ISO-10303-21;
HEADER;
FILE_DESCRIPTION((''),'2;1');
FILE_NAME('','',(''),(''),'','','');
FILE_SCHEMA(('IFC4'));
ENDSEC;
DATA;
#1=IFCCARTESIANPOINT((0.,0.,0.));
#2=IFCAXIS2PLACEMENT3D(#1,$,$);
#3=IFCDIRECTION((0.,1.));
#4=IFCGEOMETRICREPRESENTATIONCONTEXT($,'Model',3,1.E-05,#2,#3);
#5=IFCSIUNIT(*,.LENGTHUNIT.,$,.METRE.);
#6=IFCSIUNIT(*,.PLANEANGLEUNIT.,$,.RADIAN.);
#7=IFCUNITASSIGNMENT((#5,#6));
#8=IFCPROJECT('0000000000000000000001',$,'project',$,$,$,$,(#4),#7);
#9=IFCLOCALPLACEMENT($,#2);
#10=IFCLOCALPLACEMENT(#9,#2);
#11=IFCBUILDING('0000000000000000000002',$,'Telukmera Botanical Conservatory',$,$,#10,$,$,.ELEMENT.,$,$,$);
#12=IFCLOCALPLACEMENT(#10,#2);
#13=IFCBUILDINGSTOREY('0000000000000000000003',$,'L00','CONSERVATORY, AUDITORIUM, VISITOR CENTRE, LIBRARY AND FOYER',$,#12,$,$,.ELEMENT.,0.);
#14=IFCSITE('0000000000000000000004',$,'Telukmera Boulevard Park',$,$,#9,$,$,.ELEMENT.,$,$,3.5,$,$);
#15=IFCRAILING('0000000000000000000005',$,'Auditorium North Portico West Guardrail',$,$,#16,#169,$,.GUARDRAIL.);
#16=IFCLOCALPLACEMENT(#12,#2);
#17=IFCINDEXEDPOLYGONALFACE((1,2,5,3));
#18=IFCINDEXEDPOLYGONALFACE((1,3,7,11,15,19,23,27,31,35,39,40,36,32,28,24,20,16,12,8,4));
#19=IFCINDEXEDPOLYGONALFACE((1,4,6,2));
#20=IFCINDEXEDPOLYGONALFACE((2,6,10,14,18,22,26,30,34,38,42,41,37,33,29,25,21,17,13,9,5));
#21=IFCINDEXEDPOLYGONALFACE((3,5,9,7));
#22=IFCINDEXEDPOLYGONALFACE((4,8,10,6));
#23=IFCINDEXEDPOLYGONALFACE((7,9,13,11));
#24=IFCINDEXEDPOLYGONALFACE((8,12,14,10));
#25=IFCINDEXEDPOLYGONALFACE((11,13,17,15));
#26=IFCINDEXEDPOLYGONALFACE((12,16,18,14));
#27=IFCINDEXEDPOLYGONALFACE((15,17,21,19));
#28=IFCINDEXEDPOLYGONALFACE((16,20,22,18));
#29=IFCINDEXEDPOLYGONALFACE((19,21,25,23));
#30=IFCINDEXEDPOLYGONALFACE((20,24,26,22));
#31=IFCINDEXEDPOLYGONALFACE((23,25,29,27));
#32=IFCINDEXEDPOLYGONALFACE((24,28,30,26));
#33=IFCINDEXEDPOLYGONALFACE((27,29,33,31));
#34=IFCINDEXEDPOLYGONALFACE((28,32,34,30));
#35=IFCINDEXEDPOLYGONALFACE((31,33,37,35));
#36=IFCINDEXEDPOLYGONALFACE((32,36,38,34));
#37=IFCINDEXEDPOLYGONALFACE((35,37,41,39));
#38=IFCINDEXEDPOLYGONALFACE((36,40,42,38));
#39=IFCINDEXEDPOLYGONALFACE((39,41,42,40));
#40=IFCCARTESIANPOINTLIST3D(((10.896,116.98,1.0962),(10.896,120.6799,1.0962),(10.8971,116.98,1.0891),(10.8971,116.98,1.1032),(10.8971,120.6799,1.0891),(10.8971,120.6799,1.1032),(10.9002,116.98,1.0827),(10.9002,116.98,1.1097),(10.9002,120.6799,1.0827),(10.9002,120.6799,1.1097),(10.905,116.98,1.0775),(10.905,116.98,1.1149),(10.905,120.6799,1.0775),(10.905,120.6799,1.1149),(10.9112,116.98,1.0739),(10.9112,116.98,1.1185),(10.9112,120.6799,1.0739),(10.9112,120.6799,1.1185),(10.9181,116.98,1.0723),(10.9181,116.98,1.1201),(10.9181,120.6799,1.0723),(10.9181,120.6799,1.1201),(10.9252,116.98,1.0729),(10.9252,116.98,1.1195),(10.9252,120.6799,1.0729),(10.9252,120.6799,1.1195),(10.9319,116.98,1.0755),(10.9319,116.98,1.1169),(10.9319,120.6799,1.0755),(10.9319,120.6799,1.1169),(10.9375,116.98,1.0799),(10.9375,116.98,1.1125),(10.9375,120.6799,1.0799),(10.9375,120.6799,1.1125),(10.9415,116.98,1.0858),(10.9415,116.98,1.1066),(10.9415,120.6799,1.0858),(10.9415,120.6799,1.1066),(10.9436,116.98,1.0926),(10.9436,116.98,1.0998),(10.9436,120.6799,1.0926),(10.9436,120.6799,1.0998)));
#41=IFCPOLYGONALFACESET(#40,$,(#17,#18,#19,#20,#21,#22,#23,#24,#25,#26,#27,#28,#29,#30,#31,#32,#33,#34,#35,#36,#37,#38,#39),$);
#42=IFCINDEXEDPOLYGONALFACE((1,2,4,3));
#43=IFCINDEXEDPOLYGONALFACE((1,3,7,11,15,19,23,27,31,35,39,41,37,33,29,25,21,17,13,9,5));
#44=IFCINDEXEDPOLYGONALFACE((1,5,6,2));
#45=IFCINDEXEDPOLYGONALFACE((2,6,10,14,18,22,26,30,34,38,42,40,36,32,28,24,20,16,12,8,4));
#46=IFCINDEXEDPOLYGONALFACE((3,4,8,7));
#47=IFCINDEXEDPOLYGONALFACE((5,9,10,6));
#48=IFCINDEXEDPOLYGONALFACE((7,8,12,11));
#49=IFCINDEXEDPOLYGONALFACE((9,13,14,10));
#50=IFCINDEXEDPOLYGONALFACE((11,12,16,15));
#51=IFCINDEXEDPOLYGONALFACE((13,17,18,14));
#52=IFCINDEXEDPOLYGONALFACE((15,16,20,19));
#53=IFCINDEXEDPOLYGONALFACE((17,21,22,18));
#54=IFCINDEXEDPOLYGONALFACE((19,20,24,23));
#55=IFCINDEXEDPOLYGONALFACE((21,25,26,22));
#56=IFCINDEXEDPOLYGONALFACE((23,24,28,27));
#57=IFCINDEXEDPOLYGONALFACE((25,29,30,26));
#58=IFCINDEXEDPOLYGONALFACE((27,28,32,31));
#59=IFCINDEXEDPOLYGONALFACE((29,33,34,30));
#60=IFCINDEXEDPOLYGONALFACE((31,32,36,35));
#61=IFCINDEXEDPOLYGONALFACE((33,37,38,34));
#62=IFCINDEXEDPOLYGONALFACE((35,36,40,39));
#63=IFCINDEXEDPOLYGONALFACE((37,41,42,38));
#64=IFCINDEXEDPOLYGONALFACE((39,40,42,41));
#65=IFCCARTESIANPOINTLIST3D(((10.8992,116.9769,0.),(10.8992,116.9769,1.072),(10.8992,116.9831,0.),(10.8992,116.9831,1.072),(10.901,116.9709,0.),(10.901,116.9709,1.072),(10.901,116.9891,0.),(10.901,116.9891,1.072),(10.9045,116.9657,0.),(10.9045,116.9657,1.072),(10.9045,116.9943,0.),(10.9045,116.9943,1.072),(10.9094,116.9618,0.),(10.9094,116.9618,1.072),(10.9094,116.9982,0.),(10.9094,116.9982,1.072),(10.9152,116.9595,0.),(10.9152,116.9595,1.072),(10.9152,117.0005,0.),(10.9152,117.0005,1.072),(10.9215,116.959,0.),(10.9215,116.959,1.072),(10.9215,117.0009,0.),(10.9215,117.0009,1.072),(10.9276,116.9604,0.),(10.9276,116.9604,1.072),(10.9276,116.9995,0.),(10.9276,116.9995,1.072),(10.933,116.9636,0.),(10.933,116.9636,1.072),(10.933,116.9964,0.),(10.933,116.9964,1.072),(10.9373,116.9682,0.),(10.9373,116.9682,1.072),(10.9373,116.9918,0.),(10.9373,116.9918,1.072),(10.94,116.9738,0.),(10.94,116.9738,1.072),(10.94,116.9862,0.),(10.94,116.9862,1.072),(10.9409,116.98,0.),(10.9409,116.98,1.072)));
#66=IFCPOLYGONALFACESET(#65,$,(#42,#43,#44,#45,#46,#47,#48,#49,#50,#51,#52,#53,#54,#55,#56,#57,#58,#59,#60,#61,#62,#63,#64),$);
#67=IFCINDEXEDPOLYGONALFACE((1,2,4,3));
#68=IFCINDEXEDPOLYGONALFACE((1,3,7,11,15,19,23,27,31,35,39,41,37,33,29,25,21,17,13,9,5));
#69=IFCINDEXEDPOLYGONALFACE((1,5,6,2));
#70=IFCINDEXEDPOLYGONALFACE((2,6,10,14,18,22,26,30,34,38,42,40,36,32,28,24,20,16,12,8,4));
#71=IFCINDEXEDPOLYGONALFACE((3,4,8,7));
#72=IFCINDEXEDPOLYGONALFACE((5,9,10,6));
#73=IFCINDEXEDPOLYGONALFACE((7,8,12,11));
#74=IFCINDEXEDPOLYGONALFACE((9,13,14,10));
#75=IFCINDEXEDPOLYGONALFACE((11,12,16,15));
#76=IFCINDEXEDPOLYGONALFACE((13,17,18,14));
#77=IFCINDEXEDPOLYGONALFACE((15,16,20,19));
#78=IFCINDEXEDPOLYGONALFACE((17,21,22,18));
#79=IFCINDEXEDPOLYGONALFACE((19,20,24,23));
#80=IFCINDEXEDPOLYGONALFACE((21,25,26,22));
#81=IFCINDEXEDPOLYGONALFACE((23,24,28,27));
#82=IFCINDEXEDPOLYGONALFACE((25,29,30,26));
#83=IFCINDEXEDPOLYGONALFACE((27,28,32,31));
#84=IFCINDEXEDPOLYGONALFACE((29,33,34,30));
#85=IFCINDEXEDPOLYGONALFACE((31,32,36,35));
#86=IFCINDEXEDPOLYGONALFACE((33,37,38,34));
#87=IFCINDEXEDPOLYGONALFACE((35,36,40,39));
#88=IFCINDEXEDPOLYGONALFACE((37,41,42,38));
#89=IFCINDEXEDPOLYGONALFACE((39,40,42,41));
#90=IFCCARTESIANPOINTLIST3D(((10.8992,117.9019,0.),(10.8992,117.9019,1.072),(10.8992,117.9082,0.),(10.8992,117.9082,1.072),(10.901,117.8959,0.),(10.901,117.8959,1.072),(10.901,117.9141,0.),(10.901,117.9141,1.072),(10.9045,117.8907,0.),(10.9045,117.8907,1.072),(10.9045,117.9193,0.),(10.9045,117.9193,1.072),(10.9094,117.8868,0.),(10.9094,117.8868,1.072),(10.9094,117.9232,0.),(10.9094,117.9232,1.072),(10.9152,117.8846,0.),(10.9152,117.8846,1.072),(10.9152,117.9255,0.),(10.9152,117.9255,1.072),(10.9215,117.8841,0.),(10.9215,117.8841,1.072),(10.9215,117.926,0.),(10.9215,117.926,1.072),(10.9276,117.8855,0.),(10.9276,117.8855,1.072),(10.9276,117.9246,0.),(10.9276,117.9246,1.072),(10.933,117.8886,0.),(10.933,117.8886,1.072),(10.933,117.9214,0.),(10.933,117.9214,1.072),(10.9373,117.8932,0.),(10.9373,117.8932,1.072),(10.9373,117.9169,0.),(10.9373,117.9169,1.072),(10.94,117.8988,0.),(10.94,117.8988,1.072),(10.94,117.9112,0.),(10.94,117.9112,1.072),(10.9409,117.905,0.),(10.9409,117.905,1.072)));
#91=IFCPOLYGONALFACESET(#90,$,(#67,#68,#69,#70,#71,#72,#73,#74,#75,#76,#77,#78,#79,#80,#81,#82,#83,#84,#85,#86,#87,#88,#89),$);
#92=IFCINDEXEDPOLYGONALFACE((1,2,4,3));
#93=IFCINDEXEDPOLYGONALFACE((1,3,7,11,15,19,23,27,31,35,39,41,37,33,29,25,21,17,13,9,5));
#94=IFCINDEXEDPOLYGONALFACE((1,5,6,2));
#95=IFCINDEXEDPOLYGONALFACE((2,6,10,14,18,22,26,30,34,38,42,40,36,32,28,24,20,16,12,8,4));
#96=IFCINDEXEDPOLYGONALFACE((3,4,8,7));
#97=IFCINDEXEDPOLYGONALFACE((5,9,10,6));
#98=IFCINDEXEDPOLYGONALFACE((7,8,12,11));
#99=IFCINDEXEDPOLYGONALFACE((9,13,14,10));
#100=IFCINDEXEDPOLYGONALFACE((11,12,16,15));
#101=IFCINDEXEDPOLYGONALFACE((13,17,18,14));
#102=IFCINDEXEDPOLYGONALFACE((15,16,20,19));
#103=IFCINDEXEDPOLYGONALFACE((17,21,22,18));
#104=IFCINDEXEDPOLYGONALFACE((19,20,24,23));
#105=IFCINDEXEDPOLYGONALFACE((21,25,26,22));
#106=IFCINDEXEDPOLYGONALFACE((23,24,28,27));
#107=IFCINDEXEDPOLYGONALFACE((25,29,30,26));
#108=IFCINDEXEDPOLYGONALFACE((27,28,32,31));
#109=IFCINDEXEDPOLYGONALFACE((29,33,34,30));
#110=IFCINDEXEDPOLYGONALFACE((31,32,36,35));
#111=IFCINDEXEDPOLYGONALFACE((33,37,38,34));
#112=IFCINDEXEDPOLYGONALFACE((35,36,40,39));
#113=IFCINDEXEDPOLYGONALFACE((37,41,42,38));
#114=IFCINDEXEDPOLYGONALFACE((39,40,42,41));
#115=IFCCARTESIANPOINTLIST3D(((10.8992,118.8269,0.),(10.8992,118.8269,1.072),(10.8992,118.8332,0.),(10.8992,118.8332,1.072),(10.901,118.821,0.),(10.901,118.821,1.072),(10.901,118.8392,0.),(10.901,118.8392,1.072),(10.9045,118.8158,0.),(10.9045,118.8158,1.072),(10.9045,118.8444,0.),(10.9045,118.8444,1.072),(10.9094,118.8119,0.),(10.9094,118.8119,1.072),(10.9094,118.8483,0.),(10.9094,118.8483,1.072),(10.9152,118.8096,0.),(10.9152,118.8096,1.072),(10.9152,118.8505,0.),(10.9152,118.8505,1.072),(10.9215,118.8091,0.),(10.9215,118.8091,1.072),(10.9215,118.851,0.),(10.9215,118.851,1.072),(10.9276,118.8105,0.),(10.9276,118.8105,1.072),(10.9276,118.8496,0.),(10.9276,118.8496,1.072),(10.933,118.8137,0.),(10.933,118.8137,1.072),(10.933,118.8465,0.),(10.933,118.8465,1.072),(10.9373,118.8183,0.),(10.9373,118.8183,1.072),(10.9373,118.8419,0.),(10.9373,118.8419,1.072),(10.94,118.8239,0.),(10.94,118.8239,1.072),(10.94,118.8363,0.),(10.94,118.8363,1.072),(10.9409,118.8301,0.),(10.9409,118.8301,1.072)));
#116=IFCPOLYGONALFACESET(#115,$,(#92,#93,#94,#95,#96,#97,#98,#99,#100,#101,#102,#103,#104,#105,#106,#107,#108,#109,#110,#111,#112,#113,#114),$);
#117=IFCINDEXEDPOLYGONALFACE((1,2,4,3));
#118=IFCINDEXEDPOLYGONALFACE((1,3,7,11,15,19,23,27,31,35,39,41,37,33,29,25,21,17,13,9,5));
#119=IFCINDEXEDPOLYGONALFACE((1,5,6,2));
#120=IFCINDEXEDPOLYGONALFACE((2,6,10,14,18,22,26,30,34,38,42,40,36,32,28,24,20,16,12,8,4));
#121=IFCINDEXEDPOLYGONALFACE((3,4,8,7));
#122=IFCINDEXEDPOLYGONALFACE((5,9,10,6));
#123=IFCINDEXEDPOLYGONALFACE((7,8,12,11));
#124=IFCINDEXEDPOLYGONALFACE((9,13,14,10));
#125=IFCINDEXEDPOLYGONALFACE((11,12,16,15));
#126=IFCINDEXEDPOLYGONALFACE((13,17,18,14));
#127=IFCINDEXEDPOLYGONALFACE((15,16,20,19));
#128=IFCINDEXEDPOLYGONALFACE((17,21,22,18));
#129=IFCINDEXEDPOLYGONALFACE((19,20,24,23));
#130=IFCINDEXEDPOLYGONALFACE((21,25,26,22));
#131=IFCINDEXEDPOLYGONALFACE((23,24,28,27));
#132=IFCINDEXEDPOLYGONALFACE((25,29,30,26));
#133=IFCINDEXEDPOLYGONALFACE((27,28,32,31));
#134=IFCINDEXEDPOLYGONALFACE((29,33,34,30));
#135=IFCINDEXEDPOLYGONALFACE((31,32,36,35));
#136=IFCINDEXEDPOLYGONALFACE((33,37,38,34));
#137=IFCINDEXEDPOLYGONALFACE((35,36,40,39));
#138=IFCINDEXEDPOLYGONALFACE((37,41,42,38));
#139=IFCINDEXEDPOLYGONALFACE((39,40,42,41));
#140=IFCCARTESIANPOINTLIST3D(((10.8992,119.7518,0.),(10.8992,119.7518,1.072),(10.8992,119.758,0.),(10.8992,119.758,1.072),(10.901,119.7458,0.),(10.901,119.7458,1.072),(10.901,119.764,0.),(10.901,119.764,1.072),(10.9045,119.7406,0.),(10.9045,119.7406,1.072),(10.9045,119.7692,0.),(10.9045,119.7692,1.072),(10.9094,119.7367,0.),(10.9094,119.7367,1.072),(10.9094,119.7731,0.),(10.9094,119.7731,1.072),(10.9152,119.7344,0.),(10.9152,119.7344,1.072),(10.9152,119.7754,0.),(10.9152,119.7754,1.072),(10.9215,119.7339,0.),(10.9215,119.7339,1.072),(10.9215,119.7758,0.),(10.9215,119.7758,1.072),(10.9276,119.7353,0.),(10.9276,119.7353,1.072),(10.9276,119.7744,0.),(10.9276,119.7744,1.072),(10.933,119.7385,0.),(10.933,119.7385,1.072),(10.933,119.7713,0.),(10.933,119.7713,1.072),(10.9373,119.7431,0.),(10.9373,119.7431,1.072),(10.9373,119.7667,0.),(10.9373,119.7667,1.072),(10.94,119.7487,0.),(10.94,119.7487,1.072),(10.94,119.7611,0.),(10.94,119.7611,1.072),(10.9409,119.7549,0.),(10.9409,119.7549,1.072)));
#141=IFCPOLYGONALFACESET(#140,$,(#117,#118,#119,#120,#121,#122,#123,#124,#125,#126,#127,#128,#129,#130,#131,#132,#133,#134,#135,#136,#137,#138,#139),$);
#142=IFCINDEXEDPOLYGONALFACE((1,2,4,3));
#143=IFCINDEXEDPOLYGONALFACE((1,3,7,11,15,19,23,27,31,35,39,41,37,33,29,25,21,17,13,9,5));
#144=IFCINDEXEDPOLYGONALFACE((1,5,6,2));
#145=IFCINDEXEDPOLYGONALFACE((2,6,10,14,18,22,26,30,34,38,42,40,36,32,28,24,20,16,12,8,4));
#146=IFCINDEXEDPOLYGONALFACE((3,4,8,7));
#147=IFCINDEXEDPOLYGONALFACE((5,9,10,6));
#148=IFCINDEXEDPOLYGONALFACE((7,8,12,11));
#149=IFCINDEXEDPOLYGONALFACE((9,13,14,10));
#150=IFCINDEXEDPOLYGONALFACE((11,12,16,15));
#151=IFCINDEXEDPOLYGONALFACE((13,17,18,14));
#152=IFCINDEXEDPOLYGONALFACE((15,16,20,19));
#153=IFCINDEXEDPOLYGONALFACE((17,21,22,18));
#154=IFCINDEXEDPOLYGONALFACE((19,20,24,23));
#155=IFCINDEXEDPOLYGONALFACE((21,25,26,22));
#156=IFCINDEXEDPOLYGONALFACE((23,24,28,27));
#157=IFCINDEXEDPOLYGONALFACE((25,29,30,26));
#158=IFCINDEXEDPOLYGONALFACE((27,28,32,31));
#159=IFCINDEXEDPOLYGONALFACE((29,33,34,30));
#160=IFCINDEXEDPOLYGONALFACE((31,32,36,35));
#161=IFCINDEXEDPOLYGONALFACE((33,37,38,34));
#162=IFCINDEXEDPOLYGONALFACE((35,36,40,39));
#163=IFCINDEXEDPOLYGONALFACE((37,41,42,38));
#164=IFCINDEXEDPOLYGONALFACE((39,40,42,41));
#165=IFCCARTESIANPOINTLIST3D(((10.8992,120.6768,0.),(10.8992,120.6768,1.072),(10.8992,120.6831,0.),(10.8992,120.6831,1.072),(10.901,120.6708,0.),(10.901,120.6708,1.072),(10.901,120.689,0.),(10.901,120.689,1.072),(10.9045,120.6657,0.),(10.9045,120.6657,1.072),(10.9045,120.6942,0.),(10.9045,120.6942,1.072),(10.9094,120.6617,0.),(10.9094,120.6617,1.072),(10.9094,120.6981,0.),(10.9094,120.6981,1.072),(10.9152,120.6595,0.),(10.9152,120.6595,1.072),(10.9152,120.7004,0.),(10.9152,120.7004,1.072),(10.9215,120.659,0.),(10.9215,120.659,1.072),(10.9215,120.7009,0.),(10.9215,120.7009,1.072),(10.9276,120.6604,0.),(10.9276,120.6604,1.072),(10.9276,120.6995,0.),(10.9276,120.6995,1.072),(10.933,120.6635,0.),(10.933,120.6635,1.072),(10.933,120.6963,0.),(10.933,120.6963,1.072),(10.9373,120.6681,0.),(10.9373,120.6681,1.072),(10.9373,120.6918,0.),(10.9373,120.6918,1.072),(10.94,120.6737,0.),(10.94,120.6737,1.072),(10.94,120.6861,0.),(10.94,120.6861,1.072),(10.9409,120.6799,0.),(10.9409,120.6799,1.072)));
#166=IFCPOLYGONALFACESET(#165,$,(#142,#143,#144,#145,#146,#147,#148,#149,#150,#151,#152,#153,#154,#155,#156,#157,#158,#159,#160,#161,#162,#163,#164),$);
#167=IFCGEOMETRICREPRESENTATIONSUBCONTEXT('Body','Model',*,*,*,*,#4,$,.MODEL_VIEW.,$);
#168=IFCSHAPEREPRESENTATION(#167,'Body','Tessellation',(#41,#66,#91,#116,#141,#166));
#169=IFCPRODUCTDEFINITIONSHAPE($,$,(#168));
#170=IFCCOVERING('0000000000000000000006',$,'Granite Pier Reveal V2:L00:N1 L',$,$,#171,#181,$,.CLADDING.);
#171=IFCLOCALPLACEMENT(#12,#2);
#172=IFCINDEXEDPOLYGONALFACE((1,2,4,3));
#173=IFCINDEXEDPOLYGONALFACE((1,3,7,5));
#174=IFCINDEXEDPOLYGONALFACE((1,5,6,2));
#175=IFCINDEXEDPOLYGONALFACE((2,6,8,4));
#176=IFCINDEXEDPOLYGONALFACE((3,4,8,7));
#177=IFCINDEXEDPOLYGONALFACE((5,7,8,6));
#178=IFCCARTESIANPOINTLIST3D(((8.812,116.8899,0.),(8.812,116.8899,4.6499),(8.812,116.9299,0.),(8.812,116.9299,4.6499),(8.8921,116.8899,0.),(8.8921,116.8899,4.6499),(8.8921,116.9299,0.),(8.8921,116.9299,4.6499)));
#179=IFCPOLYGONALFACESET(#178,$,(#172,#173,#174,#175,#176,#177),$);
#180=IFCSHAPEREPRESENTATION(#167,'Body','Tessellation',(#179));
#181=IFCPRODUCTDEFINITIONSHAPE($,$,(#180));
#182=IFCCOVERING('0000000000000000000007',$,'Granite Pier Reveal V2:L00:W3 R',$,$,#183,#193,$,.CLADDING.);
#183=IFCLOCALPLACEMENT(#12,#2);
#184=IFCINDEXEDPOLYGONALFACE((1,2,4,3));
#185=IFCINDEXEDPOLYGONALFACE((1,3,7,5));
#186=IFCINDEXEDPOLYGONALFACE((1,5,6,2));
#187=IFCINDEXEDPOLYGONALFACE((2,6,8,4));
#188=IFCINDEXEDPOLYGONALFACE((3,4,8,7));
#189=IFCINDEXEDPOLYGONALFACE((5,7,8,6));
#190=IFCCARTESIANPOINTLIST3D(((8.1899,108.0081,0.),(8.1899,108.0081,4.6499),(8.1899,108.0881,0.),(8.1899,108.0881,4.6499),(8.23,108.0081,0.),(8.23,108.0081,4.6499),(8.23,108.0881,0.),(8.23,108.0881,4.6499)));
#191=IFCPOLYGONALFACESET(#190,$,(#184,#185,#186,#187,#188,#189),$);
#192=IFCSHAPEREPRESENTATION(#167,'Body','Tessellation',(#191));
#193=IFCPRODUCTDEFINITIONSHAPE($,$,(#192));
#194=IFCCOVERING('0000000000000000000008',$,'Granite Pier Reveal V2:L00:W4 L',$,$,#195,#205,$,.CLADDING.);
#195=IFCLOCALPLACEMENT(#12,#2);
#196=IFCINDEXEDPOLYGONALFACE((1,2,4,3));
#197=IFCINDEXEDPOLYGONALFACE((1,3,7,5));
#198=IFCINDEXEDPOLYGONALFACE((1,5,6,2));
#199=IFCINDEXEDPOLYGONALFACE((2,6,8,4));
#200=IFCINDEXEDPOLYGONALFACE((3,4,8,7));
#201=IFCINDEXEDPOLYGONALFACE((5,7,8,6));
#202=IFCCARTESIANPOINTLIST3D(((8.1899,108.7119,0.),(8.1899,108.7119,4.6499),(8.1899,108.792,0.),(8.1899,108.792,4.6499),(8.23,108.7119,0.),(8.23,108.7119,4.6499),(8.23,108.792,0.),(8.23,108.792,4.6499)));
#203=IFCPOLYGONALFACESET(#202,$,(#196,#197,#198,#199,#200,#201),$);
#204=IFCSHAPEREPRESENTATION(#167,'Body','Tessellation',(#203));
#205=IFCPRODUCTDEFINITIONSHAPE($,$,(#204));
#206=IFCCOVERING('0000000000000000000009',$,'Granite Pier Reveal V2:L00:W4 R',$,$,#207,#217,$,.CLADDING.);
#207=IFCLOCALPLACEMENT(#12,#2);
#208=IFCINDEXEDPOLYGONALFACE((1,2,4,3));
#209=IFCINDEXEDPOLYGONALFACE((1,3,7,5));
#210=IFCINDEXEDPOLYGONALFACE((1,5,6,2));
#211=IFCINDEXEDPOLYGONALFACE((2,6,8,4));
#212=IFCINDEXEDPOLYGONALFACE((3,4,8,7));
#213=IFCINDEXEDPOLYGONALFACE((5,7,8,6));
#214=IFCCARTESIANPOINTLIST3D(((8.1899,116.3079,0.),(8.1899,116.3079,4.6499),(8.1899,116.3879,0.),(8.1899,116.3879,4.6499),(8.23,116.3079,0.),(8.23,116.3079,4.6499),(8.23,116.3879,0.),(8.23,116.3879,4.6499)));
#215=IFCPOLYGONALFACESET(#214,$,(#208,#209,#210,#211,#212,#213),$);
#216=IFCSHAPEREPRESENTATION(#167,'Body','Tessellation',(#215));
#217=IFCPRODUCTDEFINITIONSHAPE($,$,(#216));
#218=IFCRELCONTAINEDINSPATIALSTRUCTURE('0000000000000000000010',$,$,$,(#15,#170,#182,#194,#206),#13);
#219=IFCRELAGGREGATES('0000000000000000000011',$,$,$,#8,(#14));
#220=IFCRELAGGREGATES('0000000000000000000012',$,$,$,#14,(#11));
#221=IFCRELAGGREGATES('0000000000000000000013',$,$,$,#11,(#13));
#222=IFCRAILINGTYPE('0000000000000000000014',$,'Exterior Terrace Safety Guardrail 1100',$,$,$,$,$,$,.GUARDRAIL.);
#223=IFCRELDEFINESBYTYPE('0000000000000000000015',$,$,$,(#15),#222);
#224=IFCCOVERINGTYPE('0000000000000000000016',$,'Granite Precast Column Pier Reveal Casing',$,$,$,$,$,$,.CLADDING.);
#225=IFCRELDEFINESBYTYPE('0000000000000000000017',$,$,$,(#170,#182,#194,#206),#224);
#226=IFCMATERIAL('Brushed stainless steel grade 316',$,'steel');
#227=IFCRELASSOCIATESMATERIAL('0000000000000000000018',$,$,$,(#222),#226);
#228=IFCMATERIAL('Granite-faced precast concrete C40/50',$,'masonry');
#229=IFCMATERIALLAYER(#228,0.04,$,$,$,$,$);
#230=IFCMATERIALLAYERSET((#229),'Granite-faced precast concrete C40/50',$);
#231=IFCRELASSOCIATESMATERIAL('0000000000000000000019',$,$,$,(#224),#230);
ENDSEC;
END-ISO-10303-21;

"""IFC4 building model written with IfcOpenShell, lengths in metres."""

from ifc_helpers import new_model, si_unit, direction, frame, origin, origin_2d, place, context, subcontext, project, spatial, rectangle, circle, extrude, material, layer, layer_set, type_object, element, save


model = new_model("IFC4")

# Units and contexts
model_context = context("Model", 3, precision=1e-05, world=origin(), true_north=direction((0.0, 1.0)))
body_context = subcontext(model_context, "Body", "Model", "MODEL_VIEW")
ifc_project = project(units=[si_unit("LENGTHUNIT", "METRE"), si_unit("PLANEANGLEUNIT", "RADIAN")], contexts=[model_context])

# Site, building, storey
site_placement = place(None, origin())
site = spatial("IfcSite", under=ifc_project, at=site_placement, Name="Telukmera Boulevard Park", CompositionType="ELEMENT", RefElevation=3.5)
building_placement = place(site_placement, origin())
building = spatial("IfcBuilding", under=site, at=building_placement, Name="Telukmera Botanical Conservatory", CompositionType="ELEMENT")
storey_placement = place(building_placement, origin())
storey = spatial("IfcBuildingStorey", under=building, at=storey_placement, Name="L00", Description="CONSERVATORY, AUDITORIUM, VISITOR CENTRE, LIBRARY AND FOYER", CompositionType="ELEMENT", Elevation=0.0)

# Shared definitions
ifc_material_1 = material(Name="Granite-faced precast concrete C40/50", Category="masonry")

# Railing
ifc_material_2 = material(Name="Brushed stainless steel grade 316", Category="steel")
railing_type = type_object("IfcRailingType", Name="Exterior Terrace Safety Guardrail 1100", PredefinedType="GUARDRAIL", material=ifc_material_2)
railing_placement = place(storey_placement, frame((10.9199, 116.98, 0.0)))
element("IfcRailing", 1, at=railing_placement, inside=storey, type_object=railing_type, Name="Auditorium North Portico West Guardrail", PredefinedType="GUARDRAIL", context=body_context, shape_type="SweptSolid", body=[
    extrude(circle(Radius=0.0239, at=origin_2d()), frame((0.0, 0.0, 1.0962), z_axis=(0.0, 1.0, 0.0), x_axis=(-1.0, 0.0, 0.0)), (0.0, 0.0, 1.0), 3.7),
    extrude(circle(Radius=0.021, at=origin_2d()), origin(), (0.0, 0.0, 1.0), 1.072),
    extrude(circle(Radius=0.021, at=origin_2d()), frame((0.0, 0.925, 0.0)), (0.0, 0.0, 1.0), 1.072),
    extrude(circle(Radius=0.021, at=origin_2d()), frame((0.0, 1.8501, 0.0)), (0.0, 0.0, 1.0), 1.072),
    extrude(circle(Radius=0.021, at=origin_2d()), frame((0.0, 2.7749, 0.0)), (0.0, 0.0, 1.0), 1.072),
    extrude(circle(Radius=0.021, at=origin_2d()), frame((0.0, 3.7, 0.0)), (0.0, 0.0, 1.0), 1.072),
])

# Coverings
ifc_layer_1 = layer(ifc_material_1, 0.04)
ifc_layer_set_1 = layer_set([ifc_layer_1], Name="Granite-faced precast concrete C40/50")
covering_type_1 = type_object("IfcCoveringType", Name="Granite Precast Column Pier Reveal Casing", PredefinedType="CLADDING", material=ifc_layer_set_1)
for number, where, z_axis, x_axis, name in (
    (2, (8.8521, 116.9099, 0.0), (0.0, 0.0, 1.0), (1.0, 0.0, 0.0), "Granite Pier Reveal V2:L00:N1 L"),
    (3, (8.21, 108.0481, 0.0), (0.0, 0.0, 1.0), (0.0, 1.0, 0.0), "Granite Pier Reveal V2:L00:W3 R"),
    (4, (8.21, 108.752, 0.0), (0.0, 0.0, 1.0), (0.0, 1.0, 0.0), "Granite Pier Reveal V2:L00:W4 L"),
    (5, (8.21, 116.3479, 0.0), (0.0, 0.0, 1.0), (0.0, 1.0, 0.0), "Granite Pier Reveal V2:L00:W4 R"),
):
    element("IfcCovering", number, at=place(storey_placement, frame(where, z_axis=z_axis, x_axis=x_axis)), inside=storey, type_object=covering_type_1, Name=name, PredefinedType="CLADDING", context=body_context, shape_type="SweptSolid", body=[
        extrude(rectangle(XDim=0.0801, YDim=0.04, at=origin_2d()), origin(), (0.0, 0.0, 1.0), 4.6499),
    ])

save(model, "model.ifc")
